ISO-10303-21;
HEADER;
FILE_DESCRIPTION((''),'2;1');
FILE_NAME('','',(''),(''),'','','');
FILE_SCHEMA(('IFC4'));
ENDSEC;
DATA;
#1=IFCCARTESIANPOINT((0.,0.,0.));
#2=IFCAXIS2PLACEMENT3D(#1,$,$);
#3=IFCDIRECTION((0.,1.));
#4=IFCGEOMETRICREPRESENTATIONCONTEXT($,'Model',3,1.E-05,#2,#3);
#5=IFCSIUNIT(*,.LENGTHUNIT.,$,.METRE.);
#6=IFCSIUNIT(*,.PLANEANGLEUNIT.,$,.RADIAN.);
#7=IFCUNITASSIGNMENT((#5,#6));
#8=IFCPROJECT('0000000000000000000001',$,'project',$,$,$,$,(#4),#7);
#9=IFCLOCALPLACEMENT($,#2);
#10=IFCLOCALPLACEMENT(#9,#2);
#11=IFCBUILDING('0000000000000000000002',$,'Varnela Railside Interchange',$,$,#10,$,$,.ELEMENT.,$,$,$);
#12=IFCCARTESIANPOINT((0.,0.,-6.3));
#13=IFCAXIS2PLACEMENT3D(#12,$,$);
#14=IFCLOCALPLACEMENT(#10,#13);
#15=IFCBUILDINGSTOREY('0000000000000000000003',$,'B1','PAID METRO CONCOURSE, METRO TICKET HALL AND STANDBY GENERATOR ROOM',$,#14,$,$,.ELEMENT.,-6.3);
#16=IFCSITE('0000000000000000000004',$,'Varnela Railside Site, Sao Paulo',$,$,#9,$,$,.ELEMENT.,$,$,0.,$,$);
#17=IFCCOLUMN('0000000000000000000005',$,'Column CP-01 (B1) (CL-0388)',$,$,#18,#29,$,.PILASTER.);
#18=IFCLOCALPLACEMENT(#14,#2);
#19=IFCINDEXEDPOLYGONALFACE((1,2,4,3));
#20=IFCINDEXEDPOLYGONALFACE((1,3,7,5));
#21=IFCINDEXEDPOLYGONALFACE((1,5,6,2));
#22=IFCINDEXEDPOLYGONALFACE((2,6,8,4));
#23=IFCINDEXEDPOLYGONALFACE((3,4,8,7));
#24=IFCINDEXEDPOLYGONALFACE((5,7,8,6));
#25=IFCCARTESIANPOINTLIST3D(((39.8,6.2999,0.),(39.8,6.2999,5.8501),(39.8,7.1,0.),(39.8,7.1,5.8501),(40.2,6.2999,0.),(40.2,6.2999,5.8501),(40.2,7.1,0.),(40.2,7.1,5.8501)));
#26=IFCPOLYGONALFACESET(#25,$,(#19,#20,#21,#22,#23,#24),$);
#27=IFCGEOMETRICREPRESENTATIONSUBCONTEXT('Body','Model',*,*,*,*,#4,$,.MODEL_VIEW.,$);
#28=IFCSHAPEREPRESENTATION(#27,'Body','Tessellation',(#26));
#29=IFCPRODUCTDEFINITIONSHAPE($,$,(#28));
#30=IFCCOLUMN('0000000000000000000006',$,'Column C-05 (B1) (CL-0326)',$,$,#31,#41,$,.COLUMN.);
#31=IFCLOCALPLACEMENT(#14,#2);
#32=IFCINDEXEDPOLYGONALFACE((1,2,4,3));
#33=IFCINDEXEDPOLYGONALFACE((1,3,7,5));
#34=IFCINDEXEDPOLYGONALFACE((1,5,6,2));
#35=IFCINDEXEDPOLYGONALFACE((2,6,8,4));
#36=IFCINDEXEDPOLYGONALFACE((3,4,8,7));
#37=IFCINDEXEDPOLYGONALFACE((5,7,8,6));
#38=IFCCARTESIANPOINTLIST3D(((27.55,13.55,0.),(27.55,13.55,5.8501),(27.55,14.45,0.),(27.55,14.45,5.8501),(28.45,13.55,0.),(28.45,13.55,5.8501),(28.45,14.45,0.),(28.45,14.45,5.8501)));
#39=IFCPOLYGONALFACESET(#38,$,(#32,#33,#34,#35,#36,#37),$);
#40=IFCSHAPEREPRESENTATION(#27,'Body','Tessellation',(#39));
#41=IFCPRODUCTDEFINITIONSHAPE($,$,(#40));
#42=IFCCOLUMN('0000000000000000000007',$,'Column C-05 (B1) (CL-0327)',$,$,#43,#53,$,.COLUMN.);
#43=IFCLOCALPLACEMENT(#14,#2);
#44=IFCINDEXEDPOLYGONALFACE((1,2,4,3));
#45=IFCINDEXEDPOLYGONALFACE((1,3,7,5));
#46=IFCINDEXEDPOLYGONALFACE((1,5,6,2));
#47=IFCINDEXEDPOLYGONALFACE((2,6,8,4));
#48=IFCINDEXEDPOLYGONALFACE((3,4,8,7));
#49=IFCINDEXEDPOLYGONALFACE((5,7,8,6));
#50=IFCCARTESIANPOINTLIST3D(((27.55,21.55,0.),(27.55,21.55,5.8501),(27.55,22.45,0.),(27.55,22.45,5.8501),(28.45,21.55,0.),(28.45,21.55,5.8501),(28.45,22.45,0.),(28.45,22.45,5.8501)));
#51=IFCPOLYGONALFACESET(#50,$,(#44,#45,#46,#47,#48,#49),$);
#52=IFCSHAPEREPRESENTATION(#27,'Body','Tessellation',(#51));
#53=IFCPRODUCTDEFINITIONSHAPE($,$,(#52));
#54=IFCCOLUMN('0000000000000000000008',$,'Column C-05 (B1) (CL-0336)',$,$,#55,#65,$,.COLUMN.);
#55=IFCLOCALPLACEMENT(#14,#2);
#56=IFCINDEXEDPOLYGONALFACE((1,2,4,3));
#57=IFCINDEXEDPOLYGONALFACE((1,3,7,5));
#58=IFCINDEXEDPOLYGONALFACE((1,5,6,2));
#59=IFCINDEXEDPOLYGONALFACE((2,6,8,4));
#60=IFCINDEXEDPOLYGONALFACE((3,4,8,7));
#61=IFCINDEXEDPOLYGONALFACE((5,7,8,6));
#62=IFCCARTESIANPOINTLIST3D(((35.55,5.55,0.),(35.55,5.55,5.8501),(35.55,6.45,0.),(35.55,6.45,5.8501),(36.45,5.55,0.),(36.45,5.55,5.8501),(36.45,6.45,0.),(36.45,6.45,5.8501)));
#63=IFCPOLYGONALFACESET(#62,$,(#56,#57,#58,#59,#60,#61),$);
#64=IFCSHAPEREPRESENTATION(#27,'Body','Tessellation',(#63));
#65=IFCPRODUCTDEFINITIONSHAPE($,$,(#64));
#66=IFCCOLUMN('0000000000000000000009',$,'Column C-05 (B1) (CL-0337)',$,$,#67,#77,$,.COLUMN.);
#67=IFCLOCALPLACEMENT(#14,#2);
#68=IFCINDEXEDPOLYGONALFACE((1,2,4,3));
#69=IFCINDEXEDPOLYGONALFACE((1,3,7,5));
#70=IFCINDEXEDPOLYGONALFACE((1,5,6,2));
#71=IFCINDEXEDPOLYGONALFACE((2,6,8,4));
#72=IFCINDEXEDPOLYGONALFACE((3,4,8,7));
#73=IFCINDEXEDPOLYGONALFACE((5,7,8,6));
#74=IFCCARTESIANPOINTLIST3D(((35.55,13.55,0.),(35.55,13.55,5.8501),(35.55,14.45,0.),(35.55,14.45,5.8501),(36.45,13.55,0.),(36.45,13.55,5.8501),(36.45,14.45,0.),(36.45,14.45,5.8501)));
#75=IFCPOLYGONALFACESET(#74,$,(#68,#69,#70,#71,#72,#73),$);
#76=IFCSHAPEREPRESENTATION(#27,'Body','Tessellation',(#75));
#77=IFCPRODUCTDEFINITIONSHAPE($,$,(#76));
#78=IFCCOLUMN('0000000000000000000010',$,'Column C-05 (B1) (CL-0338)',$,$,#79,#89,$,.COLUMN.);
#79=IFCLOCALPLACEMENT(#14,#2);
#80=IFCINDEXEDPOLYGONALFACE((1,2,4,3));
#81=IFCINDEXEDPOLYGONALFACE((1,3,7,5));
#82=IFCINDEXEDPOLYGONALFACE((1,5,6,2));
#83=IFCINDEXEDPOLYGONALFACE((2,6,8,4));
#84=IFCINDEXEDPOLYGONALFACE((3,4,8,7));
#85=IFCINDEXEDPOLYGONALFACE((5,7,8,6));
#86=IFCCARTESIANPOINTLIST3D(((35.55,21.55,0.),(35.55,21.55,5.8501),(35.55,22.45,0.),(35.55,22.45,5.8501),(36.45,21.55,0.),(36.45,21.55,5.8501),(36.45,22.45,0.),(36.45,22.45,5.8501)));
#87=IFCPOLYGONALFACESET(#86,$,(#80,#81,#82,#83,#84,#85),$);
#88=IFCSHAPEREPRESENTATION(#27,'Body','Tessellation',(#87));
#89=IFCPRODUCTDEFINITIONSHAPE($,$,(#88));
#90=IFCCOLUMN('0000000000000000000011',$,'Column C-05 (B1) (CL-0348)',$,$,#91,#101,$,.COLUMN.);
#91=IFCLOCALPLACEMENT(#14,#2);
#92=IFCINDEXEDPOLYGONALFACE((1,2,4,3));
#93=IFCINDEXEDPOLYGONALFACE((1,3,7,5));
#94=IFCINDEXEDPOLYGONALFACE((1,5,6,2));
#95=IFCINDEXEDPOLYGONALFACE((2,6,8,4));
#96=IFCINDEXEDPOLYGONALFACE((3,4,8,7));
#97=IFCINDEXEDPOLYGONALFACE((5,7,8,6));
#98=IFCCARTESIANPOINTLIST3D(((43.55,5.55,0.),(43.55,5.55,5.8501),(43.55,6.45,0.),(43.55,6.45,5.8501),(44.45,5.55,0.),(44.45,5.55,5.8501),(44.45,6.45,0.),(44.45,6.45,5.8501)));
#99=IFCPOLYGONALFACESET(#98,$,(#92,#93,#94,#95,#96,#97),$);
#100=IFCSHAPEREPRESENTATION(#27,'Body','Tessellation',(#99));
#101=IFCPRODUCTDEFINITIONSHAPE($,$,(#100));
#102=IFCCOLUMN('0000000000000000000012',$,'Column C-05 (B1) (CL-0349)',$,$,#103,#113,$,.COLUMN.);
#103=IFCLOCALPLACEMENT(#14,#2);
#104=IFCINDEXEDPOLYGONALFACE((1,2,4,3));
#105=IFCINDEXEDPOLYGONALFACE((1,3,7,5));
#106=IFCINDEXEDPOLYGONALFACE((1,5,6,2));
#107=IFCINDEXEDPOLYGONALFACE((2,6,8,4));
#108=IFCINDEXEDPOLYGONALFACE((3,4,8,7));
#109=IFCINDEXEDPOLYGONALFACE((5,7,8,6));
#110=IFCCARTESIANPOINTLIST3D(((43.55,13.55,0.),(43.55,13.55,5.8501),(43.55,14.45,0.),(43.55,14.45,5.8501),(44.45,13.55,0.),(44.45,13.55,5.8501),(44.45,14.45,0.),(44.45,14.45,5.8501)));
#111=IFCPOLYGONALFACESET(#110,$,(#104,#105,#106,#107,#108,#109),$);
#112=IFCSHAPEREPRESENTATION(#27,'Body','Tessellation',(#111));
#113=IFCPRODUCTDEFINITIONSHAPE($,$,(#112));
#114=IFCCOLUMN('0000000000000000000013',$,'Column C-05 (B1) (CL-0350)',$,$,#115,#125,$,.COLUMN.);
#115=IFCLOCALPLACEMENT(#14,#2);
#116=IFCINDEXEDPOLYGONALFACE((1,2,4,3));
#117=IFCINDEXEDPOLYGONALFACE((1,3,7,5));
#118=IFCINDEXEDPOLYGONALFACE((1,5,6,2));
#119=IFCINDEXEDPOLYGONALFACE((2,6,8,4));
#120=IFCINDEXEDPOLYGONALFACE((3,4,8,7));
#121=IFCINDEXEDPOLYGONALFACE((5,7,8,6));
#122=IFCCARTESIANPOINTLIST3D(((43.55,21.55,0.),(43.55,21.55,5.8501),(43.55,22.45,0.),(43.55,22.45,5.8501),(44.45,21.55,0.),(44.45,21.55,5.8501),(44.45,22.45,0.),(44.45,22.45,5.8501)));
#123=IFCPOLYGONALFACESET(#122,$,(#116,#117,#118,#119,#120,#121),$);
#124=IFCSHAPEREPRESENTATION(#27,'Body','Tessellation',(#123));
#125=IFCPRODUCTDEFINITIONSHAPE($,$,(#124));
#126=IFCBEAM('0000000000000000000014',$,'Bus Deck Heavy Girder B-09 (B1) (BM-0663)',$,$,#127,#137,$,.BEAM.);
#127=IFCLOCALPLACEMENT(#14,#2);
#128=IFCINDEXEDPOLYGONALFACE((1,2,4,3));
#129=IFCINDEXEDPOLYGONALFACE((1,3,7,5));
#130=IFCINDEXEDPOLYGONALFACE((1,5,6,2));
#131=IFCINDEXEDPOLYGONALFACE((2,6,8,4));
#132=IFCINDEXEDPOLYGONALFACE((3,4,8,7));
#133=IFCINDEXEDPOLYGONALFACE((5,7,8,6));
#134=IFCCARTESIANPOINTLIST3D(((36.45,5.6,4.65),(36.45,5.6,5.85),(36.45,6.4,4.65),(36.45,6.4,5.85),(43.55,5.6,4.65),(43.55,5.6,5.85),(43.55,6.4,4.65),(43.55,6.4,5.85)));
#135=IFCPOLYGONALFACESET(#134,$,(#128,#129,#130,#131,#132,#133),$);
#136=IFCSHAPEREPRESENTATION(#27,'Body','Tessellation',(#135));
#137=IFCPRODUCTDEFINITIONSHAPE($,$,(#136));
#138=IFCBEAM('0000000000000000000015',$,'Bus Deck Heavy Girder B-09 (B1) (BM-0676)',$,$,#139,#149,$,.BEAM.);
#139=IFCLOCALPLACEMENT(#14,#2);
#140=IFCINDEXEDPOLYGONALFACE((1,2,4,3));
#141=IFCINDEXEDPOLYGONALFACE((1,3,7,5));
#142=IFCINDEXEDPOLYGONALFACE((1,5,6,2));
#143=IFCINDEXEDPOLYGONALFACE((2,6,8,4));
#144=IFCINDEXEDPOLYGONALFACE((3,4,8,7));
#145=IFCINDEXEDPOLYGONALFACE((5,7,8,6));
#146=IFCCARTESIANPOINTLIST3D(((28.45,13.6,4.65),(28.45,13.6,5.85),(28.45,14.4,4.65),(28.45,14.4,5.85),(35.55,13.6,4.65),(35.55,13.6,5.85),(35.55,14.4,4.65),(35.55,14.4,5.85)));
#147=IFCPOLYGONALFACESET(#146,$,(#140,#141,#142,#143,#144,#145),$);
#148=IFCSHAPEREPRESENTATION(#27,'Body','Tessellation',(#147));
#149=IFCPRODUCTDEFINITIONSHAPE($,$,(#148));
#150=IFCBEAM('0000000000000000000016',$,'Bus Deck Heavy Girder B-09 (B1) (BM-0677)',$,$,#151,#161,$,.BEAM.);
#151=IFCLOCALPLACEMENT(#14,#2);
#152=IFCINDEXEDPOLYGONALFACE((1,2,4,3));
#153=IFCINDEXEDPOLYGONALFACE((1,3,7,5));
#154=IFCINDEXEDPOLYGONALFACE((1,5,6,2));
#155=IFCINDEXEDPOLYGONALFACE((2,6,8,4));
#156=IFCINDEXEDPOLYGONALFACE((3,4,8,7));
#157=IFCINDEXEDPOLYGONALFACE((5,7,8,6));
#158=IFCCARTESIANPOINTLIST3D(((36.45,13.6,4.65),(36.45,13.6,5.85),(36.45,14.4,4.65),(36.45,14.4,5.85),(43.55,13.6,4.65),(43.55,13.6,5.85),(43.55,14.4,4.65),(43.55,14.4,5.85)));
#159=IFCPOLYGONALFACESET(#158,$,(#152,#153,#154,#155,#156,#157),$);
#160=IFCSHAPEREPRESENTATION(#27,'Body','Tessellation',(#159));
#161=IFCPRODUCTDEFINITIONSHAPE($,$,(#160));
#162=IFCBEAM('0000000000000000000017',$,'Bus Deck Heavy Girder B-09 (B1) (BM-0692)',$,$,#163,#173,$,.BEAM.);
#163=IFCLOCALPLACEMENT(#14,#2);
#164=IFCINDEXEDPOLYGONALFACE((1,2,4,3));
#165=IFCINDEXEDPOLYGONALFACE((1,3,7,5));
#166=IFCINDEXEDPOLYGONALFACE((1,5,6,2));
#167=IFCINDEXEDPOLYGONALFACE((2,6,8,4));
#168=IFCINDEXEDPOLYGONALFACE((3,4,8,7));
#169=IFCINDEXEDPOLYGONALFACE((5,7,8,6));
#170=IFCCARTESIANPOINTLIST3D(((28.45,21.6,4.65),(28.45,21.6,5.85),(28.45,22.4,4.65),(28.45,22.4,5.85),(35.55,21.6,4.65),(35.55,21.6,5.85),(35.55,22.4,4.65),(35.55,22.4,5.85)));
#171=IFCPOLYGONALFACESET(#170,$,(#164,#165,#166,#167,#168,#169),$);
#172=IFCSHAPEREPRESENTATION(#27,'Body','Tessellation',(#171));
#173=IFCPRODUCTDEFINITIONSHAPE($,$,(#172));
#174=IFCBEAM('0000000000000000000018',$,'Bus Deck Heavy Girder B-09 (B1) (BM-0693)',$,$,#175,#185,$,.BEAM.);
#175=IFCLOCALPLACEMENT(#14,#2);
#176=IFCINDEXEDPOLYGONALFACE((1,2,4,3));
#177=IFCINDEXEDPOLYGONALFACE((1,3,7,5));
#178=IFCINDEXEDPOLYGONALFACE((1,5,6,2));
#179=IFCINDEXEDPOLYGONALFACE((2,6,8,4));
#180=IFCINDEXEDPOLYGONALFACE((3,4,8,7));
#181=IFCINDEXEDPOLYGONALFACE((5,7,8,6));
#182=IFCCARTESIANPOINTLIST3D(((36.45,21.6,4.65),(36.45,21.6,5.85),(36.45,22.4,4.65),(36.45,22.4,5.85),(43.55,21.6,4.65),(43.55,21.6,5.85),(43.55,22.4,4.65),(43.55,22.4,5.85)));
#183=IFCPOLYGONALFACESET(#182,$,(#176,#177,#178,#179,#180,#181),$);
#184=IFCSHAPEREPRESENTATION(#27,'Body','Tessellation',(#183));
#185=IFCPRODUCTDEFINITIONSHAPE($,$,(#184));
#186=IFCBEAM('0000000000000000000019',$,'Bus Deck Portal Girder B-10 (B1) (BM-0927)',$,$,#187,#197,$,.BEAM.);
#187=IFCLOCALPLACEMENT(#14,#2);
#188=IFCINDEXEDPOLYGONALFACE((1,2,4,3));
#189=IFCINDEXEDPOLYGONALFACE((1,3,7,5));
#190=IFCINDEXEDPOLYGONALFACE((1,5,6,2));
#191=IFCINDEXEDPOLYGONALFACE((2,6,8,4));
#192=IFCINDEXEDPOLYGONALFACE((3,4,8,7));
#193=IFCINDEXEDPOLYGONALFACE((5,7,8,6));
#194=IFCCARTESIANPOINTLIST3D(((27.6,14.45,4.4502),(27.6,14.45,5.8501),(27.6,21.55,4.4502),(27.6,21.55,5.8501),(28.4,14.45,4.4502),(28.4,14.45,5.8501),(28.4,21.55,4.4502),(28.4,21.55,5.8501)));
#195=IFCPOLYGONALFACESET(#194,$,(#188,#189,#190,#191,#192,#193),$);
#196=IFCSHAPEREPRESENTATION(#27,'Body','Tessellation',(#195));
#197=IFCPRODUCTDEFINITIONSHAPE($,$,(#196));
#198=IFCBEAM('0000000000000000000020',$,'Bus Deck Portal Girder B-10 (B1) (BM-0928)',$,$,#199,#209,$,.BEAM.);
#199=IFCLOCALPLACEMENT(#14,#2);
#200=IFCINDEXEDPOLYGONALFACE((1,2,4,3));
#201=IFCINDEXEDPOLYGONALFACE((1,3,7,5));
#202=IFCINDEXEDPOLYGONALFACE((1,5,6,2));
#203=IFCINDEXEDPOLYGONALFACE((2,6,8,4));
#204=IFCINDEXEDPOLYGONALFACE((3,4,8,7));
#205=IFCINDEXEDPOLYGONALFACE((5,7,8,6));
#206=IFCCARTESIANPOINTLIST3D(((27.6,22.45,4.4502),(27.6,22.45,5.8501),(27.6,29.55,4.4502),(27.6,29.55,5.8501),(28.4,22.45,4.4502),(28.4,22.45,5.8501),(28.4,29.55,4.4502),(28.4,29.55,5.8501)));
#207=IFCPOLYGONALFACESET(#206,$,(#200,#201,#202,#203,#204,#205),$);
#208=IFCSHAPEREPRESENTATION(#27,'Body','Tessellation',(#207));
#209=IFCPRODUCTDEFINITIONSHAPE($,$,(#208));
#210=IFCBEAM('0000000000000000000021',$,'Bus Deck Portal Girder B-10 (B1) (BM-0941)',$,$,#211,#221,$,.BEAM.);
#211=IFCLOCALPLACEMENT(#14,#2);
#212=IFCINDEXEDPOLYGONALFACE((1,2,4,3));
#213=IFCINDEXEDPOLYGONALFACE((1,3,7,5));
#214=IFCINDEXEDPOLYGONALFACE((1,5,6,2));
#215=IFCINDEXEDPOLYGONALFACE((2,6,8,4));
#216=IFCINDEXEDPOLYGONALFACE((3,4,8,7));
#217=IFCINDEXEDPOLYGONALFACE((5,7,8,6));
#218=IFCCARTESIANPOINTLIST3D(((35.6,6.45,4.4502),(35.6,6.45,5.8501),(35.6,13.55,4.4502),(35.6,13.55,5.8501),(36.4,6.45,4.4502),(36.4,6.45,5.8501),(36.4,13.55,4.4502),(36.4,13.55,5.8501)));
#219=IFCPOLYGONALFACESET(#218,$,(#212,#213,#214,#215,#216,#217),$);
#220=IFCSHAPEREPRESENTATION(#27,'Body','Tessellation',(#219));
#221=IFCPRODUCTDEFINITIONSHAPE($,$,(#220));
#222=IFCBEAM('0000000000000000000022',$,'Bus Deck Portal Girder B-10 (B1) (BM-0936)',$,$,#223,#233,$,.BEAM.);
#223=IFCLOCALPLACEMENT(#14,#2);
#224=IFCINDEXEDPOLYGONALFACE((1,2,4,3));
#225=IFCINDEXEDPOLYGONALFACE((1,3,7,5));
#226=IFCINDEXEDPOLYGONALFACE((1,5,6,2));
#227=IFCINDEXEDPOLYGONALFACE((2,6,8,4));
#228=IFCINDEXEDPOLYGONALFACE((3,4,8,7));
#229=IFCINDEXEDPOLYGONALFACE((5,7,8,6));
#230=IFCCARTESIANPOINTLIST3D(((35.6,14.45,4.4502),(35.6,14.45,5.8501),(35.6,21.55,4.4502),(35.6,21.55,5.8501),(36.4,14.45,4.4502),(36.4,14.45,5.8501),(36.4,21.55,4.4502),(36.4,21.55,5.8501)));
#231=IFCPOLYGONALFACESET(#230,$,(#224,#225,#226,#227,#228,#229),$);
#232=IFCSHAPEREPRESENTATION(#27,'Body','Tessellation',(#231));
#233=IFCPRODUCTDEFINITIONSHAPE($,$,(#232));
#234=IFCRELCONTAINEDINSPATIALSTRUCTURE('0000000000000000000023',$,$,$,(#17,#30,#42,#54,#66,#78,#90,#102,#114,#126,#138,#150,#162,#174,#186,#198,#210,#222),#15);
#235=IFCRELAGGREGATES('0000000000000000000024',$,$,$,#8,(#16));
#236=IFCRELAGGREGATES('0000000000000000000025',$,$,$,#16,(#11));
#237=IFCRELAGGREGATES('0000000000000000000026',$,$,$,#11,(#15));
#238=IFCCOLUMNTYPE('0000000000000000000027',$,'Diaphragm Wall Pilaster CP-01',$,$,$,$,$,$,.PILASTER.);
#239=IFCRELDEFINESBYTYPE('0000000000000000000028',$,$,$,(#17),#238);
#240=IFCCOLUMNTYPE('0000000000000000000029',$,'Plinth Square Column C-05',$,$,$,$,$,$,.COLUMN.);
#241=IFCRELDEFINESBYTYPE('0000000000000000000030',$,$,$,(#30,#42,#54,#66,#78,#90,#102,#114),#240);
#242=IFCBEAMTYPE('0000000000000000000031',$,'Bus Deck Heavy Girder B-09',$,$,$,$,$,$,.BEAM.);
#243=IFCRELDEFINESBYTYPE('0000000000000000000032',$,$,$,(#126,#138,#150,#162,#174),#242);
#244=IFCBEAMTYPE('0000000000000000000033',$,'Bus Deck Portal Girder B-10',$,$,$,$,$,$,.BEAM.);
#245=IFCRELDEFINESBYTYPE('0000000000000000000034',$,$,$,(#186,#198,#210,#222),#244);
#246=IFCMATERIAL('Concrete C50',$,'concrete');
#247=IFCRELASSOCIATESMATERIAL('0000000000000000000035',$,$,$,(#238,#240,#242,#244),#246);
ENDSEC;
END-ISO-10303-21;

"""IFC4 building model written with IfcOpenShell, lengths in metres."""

from ifc_helpers import new_model, si_unit, direction, frame, origin, origin_2d, place, context, subcontext, project, spatial, rectangle, extrude, material, material_profile, profile_set, type_object, element, save


model = new_model("IFC4")

# Units and contexts
model_context = context("Model", 3, precision=1e-05, world=origin(), true_north=direction((0.0, 1.0)))
body_context = subcontext(model_context, "Body", "Model", "MODEL_VIEW")
ifc_project = project(units=[si_unit("LENGTHUNIT", "METRE"), si_unit("PLANEANGLEUNIT", "RADIAN")], contexts=[model_context])

# Site, building, storey
site_placement = place(None, origin())
site = spatial("IfcSite", under=ifc_project, at=site_placement, Name="Varnela Railside Site, Sao Paulo", CompositionType="ELEMENT", RefElevation=0.0)
building_placement = place(site_placement, origin())
building = spatial("IfcBuilding", under=site, at=building_placement, Name="Varnela Railside Interchange", CompositionType="ELEMENT")
storey_placement = place(building_placement, frame((0.0, 0.0, -6.3)))
storey = spatial("IfcBuildingStorey", under=building, at=storey_placement, Name="B1", Description="PAID METRO CONCOURSE, METRO TICKET HALL AND STANDBY GENERATOR ROOM", CompositionType="ELEMENT", Elevation=-6.3)

# Columns
ifc_material_1 = material(Name="Concrete C50", Category="concrete")
ifc_material_profile_1 = material_profile(ifc_material_1, rectangle(XDim=0.3999, YDim=0.8, at=origin_2d()), Name="RC 400x800")
ifc_profile_set_1 = profile_set([ifc_material_profile_1], Name="Concrete C50")
column_type_1 = type_object("IfcColumnType", Name="Diaphragm Wall Pilaster CP-01", PredefinedType="PILASTER", material=ifc_profile_set_1)
column_placement = place(storey_placement, frame((40.0, 6.7, 0.0), z_axis=(0.0, 0.0, 1.0), x_axis=(1.0, 0.0, 0.0)))
element("IfcColumn", 1, at=column_placement, inside=storey, type_object=column_type_1, Name="Column CP-01 (B1) (CL-0388)", PredefinedType="PILASTER", context=body_context, shape_type="SweptSolid", body=[
    extrude(rectangle(XDim=0.3999, YDim=0.8, at=origin_2d()), origin(), (0.0, 0.0, 1.0), 5.8501),
])
ifc_material_profile_2 = material_profile(ifc_material_1, rectangle(XDim=0.8999, YDim=0.8999, at=origin_2d()), Name="RC 900x900")
ifc_profile_set_2 = profile_set([ifc_material_profile_2], Name="Concrete C50")
column_type_2 = type_object("IfcColumnType", Name="Plinth Square Column C-05", PredefinedType="COLUMN", material=ifc_profile_set_2)
for number, where, z_axis, x_axis, name in (
    (2, (28.0, 14.0, 0.0), (0.0, 0.0, 1.0), (1.0, 0.0, 0.0), "Column C-05 (B1) (CL-0326)"),
    (3, (28.0, 22.0, 0.0), (0.0, 0.0, 1.0), (1.0, 0.0, 0.0), "Column C-05 (B1) (CL-0327)"),
    (4, (36.0, 6.0, 0.0), (0.0, 0.0, 1.0), (1.0, 0.0, 0.0), "Column C-05 (B1) (CL-0336)"),
    (5, (36.0, 14.0, 0.0), (0.0, 0.0, 1.0), (1.0, 0.0, 0.0), "Column C-05 (B1) (CL-0337)"),
    (6, (36.0, 22.0, 0.0), (0.0, 0.0, 1.0), (1.0, 0.0, 0.0), "Column C-05 (B1) (CL-0338)"),
    (7, (44.0, 6.0, 0.0), (0.0, 0.0, 1.0), (1.0, 0.0, 0.0), "Column C-05 (B1) (CL-0348)"),
    (8, (44.0, 14.0, 0.0), (0.0, 0.0, 1.0), (1.0, 0.0, 0.0), "Column C-05 (B1) (CL-0349)"),
    (9, (44.0, 22.0, 0.0), (0.0, 0.0, 1.0), (1.0, 0.0, 0.0), "Column C-05 (B1) (CL-0350)"),
):
    element("IfcColumn", number, at=place(storey_placement, frame(where, z_axis=z_axis, x_axis=x_axis)), inside=storey, type_object=column_type_2, Name=name, PredefinedType="COLUMN", context=body_context, shape_type="SweptSolid", body=[
        extrude(rectangle(XDim=0.8999, YDim=0.8999, at=origin_2d()), origin(), (0.0, 0.0, 1.0), 5.8501),
    ])

# Beams
ifc_material_profile_3 = material_profile(ifc_material_1, rectangle(XDim=0.8, YDim=1.2, at=origin_2d()), Name="RC 800x1200")
ifc_profile_set_3 = profile_set([ifc_material_profile_3], Name="Concrete C50")
beam_type_1 = type_object("IfcBeamType", Name="Bus Deck Heavy Girder B-09", PredefinedType="BEAM", material=ifc_profile_set_3)
for number, where, z_axis, x_axis, name in (
    (10, (36.45, 6.0, 5.25), (1.0, 0.0, 0.0), (0.0, 1.0, 0.0), "Bus Deck Heavy Girder B-09 (B1) (BM-0663)"),
    (11, (28.45, 14.0, 5.25), (1.0, 0.0, 0.0), (0.0, 1.0, 0.0), "Bus Deck Heavy Girder B-09 (B1) (BM-0676)"),
    (12, (36.45, 14.0, 5.25), (1.0, 0.0, 0.0), (0.0, 1.0, 0.0), "Bus Deck Heavy Girder B-09 (B1) (BM-0677)"),
    (13, (28.45, 22.0, 5.25), (1.0, 0.0, 0.0), (0.0, 1.0, 0.0), "Bus Deck Heavy Girder B-09 (B1) (BM-0692)"),
    (14, (36.45, 22.0, 5.25), (1.0, 0.0, 0.0), (0.0, 1.0, 0.0), "Bus Deck Heavy Girder B-09 (B1) (BM-0693)"),
):
    element("IfcBeam", number, at=place(storey_placement, frame(where, z_axis=z_axis, x_axis=x_axis)), inside=storey, type_object=beam_type_1, Name=name, PredefinedType="BEAM", context=body_context, shape_type="SweptSolid", body=[
        extrude(rectangle(XDim=0.8, YDim=1.2, at=origin_2d()), origin(), (0.0, 0.0, 1.0), 7.1001),
    ])
ifc_material_profile_4 = material_profile(ifc_material_1, rectangle(XDim=0.8, YDim=1.3999, at=origin_2d()), Name="RC 800x1400")
ifc_profile_set_4 = profile_set([ifc_material_profile_4], Name="Concrete C50")
beam_type_2 = type_object("IfcBeamType", Name="Bus Deck Portal Girder B-10", PredefinedType="BEAM", material=ifc_profile_set_4)
for number, where, z_axis, x_axis, name in (
    (15, (28.0, 14.45, 5.1501), (0.0, 1.0, 0.0), (-1.0, 0.0, 0.0), "Bus Deck Portal Girder B-10 (B1) (BM-0927)"),
    (16, (28.0, 22.45, 5.1501), (0.0, 1.0, 0.0), (-1.0, 0.0, 0.0), "Bus Deck Portal Girder B-10 (B1) (BM-0928)"),
    (17, (36.0, 6.45, 5.1501), (0.0, 1.0, 0.0), (-1.0, 0.0, 0.0), "Bus Deck Portal Girder B-10 (B1) (BM-0941)"),
    (18, (36.0, 14.45, 5.1501), (0.0, 1.0, 0.0), (-1.0, 0.0, 0.0), "Bus Deck Portal Girder B-10 (B1) (BM-0936)"),
):
    element("IfcBeam", number, at=place(storey_placement, frame(where, z_axis=z_axis, x_axis=x_axis)), inside=storey, type_object=beam_type_2, Name=name, PredefinedType="BEAM", context=body_context, shape_type="SweptSolid", body=[
        extrude(rectangle(XDim=0.8, YDim=1.3999, at=origin_2d()), origin(), (0.0, 0.0, 1.0), 7.1001),
    ])

save(model, "model.ifc")
